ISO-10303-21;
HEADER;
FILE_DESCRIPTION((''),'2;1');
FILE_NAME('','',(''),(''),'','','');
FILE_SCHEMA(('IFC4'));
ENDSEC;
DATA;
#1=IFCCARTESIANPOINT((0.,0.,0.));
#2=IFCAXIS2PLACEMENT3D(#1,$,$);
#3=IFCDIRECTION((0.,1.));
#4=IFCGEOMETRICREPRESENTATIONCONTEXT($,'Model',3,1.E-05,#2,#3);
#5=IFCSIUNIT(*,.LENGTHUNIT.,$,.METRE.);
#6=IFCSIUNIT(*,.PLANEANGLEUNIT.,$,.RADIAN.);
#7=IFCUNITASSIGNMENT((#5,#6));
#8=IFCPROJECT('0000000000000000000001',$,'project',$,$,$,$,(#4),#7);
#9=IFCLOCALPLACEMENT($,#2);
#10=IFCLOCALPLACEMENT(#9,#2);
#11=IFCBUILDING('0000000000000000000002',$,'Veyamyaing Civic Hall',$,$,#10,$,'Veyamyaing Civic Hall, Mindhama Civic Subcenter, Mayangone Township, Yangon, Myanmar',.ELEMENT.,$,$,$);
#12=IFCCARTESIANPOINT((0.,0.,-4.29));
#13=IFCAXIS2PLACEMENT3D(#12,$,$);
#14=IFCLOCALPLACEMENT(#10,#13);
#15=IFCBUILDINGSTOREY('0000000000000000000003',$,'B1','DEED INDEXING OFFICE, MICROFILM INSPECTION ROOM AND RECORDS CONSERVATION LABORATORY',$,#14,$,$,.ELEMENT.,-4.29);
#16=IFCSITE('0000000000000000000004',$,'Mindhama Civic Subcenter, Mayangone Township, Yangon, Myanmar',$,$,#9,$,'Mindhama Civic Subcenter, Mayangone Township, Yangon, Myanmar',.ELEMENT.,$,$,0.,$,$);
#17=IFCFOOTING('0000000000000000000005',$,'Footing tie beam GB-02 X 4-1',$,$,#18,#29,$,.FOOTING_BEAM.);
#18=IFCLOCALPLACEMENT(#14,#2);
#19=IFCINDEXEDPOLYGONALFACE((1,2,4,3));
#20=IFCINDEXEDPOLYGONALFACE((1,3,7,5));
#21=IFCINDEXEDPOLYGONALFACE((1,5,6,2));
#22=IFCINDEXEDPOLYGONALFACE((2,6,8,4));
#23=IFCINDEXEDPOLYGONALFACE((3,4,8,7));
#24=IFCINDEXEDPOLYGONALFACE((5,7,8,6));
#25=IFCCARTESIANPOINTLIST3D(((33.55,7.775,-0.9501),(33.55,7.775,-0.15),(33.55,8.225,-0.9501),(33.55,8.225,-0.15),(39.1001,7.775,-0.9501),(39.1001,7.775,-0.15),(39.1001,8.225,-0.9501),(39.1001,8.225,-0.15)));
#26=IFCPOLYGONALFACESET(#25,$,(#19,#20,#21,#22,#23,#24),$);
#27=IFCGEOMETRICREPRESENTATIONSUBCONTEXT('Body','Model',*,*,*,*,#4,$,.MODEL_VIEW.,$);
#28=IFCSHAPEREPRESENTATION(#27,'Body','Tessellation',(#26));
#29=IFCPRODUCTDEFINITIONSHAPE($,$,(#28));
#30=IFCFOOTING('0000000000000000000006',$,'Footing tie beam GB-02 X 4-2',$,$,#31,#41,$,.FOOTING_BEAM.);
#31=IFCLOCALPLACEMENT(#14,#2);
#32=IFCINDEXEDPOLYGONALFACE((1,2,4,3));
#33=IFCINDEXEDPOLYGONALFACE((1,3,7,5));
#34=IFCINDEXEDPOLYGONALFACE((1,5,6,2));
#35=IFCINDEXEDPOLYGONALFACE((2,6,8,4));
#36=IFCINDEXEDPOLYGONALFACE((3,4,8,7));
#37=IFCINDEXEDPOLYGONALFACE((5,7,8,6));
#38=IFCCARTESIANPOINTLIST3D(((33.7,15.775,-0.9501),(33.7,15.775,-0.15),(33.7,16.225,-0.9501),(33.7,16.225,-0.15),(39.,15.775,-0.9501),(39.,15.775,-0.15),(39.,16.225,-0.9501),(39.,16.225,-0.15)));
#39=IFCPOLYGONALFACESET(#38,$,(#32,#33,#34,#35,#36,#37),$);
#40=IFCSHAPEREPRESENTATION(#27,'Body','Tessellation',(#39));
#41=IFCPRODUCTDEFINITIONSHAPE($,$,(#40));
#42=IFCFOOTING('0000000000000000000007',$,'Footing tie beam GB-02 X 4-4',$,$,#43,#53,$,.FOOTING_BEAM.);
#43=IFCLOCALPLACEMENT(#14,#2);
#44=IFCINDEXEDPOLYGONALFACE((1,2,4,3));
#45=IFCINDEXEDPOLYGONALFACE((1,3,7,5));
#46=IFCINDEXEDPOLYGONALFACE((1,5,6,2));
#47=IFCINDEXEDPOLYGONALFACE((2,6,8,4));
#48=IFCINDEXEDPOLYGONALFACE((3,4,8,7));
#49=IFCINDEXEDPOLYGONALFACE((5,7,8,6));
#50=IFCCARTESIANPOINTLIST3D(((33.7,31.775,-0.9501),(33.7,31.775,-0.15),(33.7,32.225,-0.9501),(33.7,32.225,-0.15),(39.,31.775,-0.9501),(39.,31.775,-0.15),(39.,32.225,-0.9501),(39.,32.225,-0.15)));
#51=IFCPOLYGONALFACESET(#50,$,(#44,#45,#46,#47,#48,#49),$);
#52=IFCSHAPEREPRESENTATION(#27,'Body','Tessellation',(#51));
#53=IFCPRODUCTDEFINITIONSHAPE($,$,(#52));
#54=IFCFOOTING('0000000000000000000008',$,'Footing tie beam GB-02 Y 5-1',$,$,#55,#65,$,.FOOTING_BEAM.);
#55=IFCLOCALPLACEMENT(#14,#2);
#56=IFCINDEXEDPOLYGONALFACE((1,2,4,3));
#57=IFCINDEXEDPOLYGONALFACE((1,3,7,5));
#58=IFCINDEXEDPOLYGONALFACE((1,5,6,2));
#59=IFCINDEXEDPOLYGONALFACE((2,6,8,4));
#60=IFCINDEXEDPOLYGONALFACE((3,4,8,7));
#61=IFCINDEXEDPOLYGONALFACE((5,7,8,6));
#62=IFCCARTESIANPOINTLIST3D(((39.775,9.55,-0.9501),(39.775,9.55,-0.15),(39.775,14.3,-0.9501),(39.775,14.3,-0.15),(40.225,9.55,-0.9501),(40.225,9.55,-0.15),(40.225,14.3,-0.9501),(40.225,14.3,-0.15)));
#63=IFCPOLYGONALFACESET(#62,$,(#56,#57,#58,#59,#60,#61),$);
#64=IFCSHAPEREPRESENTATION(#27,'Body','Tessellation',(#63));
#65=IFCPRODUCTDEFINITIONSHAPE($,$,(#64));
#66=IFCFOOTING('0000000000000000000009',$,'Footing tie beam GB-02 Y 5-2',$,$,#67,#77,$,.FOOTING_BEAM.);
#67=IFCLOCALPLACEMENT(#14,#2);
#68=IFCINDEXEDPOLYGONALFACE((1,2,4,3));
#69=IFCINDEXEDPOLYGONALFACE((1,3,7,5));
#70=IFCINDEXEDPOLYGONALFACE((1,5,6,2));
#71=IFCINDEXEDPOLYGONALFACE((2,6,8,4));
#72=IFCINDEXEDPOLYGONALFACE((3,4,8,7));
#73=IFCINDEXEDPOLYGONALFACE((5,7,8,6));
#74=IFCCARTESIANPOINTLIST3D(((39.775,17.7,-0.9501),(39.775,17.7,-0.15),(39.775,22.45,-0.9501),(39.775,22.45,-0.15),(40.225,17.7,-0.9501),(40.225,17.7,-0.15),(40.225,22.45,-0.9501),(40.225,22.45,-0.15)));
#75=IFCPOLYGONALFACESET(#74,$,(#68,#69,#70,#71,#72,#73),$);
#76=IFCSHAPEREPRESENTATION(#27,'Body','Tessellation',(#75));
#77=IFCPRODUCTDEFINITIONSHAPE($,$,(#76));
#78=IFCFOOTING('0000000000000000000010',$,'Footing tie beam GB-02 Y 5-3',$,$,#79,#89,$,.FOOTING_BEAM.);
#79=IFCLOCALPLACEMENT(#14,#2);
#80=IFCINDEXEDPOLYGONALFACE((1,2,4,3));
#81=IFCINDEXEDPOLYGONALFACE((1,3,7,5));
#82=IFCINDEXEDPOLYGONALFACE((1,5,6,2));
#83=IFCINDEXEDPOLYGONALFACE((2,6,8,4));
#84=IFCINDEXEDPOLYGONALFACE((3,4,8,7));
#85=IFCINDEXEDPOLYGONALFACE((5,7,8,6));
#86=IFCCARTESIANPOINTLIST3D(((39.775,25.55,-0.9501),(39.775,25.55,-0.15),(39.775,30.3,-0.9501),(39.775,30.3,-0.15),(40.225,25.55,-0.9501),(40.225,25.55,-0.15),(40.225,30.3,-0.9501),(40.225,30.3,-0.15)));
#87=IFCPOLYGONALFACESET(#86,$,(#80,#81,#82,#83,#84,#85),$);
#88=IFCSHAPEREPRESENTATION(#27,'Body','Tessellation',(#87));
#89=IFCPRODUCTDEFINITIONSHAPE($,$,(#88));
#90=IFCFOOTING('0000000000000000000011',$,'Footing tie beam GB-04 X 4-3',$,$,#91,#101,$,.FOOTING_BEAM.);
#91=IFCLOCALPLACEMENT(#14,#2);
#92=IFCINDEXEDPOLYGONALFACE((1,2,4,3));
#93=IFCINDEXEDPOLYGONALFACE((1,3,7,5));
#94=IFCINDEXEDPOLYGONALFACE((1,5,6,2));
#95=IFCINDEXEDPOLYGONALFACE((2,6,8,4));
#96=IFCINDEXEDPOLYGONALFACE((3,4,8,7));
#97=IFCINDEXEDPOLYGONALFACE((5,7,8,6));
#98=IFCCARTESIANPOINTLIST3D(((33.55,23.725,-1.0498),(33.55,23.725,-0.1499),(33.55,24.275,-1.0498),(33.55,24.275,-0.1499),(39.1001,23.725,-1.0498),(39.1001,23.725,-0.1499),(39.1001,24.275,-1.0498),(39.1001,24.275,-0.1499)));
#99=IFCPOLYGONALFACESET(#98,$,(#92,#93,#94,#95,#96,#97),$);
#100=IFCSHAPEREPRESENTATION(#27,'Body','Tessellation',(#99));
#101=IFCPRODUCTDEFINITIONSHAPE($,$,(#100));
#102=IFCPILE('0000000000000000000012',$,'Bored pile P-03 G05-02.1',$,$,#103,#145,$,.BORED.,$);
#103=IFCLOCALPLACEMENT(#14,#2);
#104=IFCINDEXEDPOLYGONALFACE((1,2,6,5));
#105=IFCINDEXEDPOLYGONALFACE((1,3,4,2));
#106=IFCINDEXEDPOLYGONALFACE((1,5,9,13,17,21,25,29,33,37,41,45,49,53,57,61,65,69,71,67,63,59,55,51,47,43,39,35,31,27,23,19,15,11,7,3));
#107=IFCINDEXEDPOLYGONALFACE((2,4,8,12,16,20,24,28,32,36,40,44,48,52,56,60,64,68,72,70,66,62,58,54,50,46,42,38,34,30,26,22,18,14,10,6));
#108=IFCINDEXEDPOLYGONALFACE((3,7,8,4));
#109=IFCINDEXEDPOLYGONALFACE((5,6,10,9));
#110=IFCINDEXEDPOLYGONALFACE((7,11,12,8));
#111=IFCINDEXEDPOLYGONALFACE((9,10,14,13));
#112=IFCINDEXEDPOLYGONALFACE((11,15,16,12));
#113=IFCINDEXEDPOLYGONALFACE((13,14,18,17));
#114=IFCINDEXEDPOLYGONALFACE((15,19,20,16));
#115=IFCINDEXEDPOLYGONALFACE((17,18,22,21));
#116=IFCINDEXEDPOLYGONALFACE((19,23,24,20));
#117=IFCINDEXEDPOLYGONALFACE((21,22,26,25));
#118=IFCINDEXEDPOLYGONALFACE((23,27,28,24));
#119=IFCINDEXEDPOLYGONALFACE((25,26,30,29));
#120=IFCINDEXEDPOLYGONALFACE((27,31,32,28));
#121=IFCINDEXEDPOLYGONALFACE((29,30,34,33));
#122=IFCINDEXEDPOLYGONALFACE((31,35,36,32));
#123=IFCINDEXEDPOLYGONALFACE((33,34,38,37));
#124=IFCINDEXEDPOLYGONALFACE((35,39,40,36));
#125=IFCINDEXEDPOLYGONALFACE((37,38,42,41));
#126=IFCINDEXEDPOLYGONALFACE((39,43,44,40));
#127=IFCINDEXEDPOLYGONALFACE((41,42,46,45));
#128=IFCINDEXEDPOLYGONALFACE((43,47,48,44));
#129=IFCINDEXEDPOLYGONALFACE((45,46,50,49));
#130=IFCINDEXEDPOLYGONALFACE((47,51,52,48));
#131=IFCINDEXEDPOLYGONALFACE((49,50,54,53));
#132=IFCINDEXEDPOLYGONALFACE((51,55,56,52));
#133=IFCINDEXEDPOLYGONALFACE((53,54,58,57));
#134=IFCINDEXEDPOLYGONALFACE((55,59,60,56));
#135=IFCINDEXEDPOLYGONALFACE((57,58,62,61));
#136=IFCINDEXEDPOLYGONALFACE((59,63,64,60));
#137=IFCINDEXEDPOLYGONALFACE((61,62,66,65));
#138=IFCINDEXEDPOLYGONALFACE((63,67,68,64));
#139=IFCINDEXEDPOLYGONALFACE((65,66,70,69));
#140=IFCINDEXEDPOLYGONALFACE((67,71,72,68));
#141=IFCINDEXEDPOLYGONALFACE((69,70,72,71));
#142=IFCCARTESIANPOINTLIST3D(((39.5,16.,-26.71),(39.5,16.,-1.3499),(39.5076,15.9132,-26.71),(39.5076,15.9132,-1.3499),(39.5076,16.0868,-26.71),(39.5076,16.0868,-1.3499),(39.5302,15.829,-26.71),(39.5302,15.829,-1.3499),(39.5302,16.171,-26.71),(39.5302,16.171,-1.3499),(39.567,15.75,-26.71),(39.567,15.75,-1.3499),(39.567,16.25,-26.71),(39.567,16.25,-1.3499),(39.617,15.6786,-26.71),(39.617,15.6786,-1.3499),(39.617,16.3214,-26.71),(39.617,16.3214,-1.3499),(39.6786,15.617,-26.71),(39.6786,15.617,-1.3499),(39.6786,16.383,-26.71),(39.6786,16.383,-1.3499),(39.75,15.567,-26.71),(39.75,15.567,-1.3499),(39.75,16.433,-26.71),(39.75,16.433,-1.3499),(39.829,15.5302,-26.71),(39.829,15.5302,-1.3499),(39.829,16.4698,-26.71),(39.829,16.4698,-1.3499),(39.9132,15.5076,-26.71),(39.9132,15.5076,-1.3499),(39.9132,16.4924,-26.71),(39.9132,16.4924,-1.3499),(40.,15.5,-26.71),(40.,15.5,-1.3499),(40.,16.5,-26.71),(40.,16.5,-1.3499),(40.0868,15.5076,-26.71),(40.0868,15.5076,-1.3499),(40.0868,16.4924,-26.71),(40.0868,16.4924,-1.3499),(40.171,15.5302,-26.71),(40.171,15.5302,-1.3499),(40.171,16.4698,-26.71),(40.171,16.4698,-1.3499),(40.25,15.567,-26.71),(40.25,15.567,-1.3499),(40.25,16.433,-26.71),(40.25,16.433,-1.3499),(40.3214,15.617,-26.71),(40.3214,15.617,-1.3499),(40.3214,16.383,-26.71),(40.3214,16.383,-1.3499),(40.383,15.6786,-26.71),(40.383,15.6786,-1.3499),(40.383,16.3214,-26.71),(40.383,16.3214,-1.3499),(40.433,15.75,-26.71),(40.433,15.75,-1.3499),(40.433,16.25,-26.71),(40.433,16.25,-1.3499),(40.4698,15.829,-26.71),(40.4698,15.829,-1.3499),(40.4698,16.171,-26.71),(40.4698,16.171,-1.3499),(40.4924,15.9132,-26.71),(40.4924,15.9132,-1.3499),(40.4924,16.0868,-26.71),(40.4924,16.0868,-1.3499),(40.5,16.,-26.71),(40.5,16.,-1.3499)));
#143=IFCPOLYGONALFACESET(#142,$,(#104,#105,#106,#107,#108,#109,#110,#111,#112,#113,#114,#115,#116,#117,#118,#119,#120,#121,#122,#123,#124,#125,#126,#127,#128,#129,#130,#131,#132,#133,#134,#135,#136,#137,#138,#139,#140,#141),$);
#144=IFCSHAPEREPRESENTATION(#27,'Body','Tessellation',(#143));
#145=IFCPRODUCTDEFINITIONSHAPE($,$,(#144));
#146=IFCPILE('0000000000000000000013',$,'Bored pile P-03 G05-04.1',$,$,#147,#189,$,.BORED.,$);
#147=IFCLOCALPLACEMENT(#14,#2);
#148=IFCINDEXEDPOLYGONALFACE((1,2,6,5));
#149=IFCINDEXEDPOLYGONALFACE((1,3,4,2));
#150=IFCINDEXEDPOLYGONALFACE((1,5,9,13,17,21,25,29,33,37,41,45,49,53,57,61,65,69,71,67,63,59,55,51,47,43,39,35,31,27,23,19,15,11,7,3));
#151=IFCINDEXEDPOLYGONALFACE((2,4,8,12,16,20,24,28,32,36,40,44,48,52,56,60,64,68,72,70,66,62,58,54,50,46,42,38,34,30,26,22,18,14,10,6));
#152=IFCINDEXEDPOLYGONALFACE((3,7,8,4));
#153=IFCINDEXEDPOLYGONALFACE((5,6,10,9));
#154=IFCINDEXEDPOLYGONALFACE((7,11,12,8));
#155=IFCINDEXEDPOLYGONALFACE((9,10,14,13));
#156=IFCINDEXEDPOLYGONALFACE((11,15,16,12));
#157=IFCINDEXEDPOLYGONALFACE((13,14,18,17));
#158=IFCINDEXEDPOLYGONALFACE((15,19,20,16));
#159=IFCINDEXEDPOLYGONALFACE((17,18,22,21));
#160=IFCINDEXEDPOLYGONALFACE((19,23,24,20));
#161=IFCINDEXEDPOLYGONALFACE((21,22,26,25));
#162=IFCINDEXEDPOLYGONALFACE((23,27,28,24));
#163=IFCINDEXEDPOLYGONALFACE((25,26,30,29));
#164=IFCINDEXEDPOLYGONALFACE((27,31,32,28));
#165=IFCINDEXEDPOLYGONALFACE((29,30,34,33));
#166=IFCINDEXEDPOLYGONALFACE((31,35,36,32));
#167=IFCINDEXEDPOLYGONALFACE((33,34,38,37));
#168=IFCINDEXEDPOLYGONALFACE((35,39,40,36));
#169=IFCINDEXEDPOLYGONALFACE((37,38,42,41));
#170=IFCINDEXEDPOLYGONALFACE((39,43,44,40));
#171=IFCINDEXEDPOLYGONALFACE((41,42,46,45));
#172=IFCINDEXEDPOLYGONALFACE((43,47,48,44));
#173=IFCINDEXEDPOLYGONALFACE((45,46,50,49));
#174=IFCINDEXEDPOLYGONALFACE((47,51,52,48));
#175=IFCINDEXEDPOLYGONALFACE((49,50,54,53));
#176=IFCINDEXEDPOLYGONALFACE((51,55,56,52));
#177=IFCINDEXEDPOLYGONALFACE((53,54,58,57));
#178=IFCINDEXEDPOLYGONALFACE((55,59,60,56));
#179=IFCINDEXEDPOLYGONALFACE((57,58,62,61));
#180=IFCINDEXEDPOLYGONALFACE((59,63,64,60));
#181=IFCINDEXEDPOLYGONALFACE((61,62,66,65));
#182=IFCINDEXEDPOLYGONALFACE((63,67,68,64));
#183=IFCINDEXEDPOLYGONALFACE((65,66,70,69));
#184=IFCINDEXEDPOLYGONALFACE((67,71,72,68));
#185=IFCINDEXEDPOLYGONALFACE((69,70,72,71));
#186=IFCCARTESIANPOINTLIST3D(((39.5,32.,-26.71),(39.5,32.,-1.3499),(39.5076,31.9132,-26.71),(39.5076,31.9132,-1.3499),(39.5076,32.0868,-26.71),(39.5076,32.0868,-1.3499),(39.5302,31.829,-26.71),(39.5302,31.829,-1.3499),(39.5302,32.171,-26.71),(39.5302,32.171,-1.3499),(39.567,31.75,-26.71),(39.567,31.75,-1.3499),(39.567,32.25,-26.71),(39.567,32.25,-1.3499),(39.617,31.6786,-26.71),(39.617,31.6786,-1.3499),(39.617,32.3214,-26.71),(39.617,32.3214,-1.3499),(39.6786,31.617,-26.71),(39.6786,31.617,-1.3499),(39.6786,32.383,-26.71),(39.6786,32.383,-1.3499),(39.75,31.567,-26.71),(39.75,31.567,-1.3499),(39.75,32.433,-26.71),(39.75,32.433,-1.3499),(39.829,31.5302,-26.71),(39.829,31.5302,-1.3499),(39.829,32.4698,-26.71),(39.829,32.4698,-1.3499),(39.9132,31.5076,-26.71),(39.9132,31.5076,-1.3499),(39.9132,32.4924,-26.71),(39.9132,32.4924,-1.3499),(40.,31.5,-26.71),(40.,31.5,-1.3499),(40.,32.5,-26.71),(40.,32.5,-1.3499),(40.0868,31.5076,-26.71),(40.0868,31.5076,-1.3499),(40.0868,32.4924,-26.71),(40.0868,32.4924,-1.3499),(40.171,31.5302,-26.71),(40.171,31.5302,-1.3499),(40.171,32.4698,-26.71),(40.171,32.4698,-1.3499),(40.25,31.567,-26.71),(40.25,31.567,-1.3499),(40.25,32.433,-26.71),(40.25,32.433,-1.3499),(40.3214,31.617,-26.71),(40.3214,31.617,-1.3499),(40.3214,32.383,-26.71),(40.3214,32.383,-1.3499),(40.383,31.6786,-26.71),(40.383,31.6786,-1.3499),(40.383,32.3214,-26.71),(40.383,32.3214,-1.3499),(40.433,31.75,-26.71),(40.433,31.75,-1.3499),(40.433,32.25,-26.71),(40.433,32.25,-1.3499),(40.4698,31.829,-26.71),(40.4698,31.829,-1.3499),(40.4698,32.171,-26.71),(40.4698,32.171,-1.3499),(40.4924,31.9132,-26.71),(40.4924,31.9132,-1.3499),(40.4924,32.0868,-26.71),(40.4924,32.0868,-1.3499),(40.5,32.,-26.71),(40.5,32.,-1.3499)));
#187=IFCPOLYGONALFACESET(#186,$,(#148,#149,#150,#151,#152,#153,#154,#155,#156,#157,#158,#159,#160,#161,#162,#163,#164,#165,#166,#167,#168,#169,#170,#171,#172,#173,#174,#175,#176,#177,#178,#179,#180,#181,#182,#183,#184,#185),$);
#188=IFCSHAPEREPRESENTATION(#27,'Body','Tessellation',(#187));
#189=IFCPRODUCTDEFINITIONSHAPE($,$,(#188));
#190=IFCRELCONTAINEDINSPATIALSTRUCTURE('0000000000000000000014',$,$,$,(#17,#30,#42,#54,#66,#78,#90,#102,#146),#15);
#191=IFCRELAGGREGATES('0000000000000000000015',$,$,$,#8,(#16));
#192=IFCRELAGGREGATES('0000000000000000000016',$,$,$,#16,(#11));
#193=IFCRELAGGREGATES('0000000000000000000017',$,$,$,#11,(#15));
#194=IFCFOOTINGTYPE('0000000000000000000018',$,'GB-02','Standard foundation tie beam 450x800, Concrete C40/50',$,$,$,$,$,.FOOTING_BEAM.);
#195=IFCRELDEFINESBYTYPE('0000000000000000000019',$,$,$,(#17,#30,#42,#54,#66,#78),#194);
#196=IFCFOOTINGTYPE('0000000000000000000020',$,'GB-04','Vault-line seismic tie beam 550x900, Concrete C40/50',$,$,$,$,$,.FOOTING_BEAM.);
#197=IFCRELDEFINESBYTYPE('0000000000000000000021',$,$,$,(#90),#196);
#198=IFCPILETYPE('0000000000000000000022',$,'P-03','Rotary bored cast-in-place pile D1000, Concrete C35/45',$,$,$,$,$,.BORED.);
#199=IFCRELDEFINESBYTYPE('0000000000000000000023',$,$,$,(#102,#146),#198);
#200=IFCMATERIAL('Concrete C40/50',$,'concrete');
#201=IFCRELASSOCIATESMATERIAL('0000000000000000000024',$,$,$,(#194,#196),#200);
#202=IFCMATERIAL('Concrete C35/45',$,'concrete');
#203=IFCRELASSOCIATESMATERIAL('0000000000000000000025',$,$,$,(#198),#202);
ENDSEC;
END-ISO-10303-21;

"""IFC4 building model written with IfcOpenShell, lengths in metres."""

from ifc_helpers import new_model, si_unit, direction, frame, origin, origin_2d, place, context, subcontext, project, spatial, rectangle, circle, extrude, material, material_profile, profile_set, type_object, element, save


model = new_model("IFC4")

# Units and contexts
model_context = context("Model", 3, precision=1e-05, world=origin(), true_north=direction((0.0, 1.0)))
body_context = subcontext(model_context, "Body", "Model", "MODEL_VIEW")
ifc_project = project(units=[si_unit("LENGTHUNIT", "METRE"), si_unit("PLANEANGLEUNIT", "RADIAN")], contexts=[model_context])

# Site, building, storey
site_placement = place(None, origin())
site = spatial("IfcSite", under=ifc_project, at=site_placement, Name="Mindhama Civic Subcenter, Mayangone Township, Yangon, Myanmar", LongName="Mindhama Civic Subcenter, Mayangone Township, Yangon, Myanmar", CompositionType="ELEMENT", RefElevation=0.0)
building_placement = place(site_placement, origin())
building = spatial("IfcBuilding", under=site, at=building_placement, Name="Veyamyaing Civic Hall", LongName="Veyamyaing Civic Hall, Mindhama Civic Subcenter, Mayangone Township, Yangon, Myanmar", CompositionType="ELEMENT")
storey_placement = place(building_placement, frame((0.0, 0.0, -4.29)))
storey = spatial("IfcBuildingStorey", under=building, at=storey_placement, Name="B1", Description="DEED INDEXING OFFICE, MICROFILM INSPECTION ROOM AND RECORDS CONSERVATION LABORATORY", CompositionType="ELEMENT", Elevation=-4.29)

# Footings
ifc_material_1 = material(Name="Concrete C40/50", Category="concrete")
ifc_material_profile_1 = material_profile(ifc_material_1, rectangle(XDim=0.45, YDim=0.8, at=origin_2d()), Name="GB-450X800")
ifc_profile_set_1 = profile_set([ifc_material_profile_1], Name="Concrete C40/50")
footing_type_1 = type_object("IfcFootingType", Name="GB-02", Description="Standard foundation tie beam 450x800, Concrete C40/50", PredefinedType="FOOTING_BEAM", material=ifc_profile_set_1)
footing_1_placement = place(storey_placement, frame((33.55, 8.0, -0.55), z_axis=(1.0, 0.0, 0.0), x_axis=(0.0, 1.0, 0.0)))
element("IfcFooting", 1, at=footing_1_placement, inside=storey, type_object=footing_type_1, Name="Footing tie beam GB-02 X 4-1", PredefinedType="FOOTING_BEAM", context=body_context, shape_type="SweptSolid", body=[
    extrude(rectangle(XDim=0.45, YDim=0.8, at=origin_2d()), origin(), (0.0, 0.0, 1.0), 5.55),
])
for number, where, z_axis, x_axis, name in (
    (2, (33.7, 16.0, -0.55), (1.0, 0.0, 0.0), (0.0, 1.0, 0.0), "Footing tie beam GB-02 X 4-2"),
    (3, (33.7, 32.0, -0.55), (1.0, 0.0, 0.0), (0.0, 1.0, 0.0), "Footing tie beam GB-02 X 4-4"),
):
    element("IfcFooting", number, at=place(storey_placement, frame(where, z_axis=z_axis, x_axis=x_axis)), inside=storey, type_object=footing_type_1, Name=name, PredefinedType="FOOTING_BEAM", context=body_context, shape_type="SweptSolid", body=[
        extrude(rectangle(XDim=0.45, YDim=0.8, at=origin_2d()), origin(), (0.0, 0.0, 1.0), 5.3),
    ])
for number, where, z_axis, x_axis, name in (
    (4, (40.0, 9.55, -0.55), (0.0, 1.0, 0.0), (-1.0, 0.0, 0.0), "Footing tie beam GB-02 Y 5-1"),
    (5, (40.0, 17.7, -0.55), (0.0, 1.0, 0.0), (-1.0, 0.0, 0.0), "Footing tie beam GB-02 Y 5-2"),
    (6, (40.0, 25.55, -0.55), (0.0, 1.0, 0.0), (-1.0, 0.0, 0.0), "Footing tie beam GB-02 Y 5-3"),
):
    element("IfcFooting", number, at=place(storey_placement, frame(where, z_axis=z_axis, x_axis=x_axis)), inside=storey, type_object=footing_type_1, Name=name, PredefinedType="FOOTING_BEAM", context=body_context, shape_type="SweptSolid", body=[
        extrude(rectangle(XDim=0.45, YDim=0.8, at=origin_2d()), origin(), (0.0, 0.0, 1.0), 4.75),
    ])
ifc_material_profile_2 = material_profile(ifc_material_1, rectangle(XDim=0.55, YDim=0.8999, at=origin_2d()), Name="GB-550X900")
ifc_profile_set_2 = profile_set([ifc_material_profile_2], Name="Concrete C40/50")
footing_type_2 = type_object("IfcFootingType", Name="GB-04", Description="Vault-line seismic tie beam 550x900, Concrete C40/50", PredefinedType="FOOTING_BEAM", material=ifc_profile_set_2)
footing_2_placement = place(storey_placement, frame((33.55, 24.0, -0.5999), z_axis=(1.0, 0.0, 0.0), x_axis=(0.0, 1.0, 0.0)))
element("IfcFooting", 7, at=footing_2_placement, inside=storey, type_object=footing_type_2, Name="Footing tie beam GB-04 X 4-3", PredefinedType="FOOTING_BEAM", context=body_context, shape_type="SweptSolid", body=[
    extrude(rectangle(XDim=0.55, YDim=0.8999, at=origin_2d()), origin(), (0.0, 0.0, 1.0), 5.55),
])

# Piles
ifc_material_2 = material(Name="Concrete C35/45", Category="concrete")
ifc_material_profile_3 = material_profile(ifc_material_2, circle(Radius=0.5, at=origin_2d()), Name="PILE-D1000")
ifc_profile_set_3 = profile_set([ifc_material_profile_3], Name="Concrete C35/45")
pile_type_1 = type_object("IfcPileType", Name="P-03", Description="Rotary bored cast-in-place pile D1000, Concrete C35/45", PredefinedType="BORED", material=ifc_profile_set_3)
for number, where, z_axis, x_axis, name in (
    (8, (40.0, 16.0, -1.3499), (0.0, 0.0, -1.0), (1.0, 0.0, 0.0), "Bored pile P-03 G05-02.1"),
    (9, (40.0, 32.0, -1.3499), (0.0, 0.0, -1.0), (1.0, 0.0, 0.0), "Bored pile P-03 G05-04.1"),
):
    element("IfcPile", number, at=place(storey_placement, frame(where, z_axis=z_axis, x_axis=x_axis)), inside=storey, type_object=pile_type_1, Name=name, PredefinedType="BORED", context=body_context, shape_type="SweptSolid", body=[
        extrude(circle(Radius=0.5, at=origin_2d()), origin(), (0.0, 0.0, 1.0), 25.3601),
    ])

save(model, "model.ifc")
